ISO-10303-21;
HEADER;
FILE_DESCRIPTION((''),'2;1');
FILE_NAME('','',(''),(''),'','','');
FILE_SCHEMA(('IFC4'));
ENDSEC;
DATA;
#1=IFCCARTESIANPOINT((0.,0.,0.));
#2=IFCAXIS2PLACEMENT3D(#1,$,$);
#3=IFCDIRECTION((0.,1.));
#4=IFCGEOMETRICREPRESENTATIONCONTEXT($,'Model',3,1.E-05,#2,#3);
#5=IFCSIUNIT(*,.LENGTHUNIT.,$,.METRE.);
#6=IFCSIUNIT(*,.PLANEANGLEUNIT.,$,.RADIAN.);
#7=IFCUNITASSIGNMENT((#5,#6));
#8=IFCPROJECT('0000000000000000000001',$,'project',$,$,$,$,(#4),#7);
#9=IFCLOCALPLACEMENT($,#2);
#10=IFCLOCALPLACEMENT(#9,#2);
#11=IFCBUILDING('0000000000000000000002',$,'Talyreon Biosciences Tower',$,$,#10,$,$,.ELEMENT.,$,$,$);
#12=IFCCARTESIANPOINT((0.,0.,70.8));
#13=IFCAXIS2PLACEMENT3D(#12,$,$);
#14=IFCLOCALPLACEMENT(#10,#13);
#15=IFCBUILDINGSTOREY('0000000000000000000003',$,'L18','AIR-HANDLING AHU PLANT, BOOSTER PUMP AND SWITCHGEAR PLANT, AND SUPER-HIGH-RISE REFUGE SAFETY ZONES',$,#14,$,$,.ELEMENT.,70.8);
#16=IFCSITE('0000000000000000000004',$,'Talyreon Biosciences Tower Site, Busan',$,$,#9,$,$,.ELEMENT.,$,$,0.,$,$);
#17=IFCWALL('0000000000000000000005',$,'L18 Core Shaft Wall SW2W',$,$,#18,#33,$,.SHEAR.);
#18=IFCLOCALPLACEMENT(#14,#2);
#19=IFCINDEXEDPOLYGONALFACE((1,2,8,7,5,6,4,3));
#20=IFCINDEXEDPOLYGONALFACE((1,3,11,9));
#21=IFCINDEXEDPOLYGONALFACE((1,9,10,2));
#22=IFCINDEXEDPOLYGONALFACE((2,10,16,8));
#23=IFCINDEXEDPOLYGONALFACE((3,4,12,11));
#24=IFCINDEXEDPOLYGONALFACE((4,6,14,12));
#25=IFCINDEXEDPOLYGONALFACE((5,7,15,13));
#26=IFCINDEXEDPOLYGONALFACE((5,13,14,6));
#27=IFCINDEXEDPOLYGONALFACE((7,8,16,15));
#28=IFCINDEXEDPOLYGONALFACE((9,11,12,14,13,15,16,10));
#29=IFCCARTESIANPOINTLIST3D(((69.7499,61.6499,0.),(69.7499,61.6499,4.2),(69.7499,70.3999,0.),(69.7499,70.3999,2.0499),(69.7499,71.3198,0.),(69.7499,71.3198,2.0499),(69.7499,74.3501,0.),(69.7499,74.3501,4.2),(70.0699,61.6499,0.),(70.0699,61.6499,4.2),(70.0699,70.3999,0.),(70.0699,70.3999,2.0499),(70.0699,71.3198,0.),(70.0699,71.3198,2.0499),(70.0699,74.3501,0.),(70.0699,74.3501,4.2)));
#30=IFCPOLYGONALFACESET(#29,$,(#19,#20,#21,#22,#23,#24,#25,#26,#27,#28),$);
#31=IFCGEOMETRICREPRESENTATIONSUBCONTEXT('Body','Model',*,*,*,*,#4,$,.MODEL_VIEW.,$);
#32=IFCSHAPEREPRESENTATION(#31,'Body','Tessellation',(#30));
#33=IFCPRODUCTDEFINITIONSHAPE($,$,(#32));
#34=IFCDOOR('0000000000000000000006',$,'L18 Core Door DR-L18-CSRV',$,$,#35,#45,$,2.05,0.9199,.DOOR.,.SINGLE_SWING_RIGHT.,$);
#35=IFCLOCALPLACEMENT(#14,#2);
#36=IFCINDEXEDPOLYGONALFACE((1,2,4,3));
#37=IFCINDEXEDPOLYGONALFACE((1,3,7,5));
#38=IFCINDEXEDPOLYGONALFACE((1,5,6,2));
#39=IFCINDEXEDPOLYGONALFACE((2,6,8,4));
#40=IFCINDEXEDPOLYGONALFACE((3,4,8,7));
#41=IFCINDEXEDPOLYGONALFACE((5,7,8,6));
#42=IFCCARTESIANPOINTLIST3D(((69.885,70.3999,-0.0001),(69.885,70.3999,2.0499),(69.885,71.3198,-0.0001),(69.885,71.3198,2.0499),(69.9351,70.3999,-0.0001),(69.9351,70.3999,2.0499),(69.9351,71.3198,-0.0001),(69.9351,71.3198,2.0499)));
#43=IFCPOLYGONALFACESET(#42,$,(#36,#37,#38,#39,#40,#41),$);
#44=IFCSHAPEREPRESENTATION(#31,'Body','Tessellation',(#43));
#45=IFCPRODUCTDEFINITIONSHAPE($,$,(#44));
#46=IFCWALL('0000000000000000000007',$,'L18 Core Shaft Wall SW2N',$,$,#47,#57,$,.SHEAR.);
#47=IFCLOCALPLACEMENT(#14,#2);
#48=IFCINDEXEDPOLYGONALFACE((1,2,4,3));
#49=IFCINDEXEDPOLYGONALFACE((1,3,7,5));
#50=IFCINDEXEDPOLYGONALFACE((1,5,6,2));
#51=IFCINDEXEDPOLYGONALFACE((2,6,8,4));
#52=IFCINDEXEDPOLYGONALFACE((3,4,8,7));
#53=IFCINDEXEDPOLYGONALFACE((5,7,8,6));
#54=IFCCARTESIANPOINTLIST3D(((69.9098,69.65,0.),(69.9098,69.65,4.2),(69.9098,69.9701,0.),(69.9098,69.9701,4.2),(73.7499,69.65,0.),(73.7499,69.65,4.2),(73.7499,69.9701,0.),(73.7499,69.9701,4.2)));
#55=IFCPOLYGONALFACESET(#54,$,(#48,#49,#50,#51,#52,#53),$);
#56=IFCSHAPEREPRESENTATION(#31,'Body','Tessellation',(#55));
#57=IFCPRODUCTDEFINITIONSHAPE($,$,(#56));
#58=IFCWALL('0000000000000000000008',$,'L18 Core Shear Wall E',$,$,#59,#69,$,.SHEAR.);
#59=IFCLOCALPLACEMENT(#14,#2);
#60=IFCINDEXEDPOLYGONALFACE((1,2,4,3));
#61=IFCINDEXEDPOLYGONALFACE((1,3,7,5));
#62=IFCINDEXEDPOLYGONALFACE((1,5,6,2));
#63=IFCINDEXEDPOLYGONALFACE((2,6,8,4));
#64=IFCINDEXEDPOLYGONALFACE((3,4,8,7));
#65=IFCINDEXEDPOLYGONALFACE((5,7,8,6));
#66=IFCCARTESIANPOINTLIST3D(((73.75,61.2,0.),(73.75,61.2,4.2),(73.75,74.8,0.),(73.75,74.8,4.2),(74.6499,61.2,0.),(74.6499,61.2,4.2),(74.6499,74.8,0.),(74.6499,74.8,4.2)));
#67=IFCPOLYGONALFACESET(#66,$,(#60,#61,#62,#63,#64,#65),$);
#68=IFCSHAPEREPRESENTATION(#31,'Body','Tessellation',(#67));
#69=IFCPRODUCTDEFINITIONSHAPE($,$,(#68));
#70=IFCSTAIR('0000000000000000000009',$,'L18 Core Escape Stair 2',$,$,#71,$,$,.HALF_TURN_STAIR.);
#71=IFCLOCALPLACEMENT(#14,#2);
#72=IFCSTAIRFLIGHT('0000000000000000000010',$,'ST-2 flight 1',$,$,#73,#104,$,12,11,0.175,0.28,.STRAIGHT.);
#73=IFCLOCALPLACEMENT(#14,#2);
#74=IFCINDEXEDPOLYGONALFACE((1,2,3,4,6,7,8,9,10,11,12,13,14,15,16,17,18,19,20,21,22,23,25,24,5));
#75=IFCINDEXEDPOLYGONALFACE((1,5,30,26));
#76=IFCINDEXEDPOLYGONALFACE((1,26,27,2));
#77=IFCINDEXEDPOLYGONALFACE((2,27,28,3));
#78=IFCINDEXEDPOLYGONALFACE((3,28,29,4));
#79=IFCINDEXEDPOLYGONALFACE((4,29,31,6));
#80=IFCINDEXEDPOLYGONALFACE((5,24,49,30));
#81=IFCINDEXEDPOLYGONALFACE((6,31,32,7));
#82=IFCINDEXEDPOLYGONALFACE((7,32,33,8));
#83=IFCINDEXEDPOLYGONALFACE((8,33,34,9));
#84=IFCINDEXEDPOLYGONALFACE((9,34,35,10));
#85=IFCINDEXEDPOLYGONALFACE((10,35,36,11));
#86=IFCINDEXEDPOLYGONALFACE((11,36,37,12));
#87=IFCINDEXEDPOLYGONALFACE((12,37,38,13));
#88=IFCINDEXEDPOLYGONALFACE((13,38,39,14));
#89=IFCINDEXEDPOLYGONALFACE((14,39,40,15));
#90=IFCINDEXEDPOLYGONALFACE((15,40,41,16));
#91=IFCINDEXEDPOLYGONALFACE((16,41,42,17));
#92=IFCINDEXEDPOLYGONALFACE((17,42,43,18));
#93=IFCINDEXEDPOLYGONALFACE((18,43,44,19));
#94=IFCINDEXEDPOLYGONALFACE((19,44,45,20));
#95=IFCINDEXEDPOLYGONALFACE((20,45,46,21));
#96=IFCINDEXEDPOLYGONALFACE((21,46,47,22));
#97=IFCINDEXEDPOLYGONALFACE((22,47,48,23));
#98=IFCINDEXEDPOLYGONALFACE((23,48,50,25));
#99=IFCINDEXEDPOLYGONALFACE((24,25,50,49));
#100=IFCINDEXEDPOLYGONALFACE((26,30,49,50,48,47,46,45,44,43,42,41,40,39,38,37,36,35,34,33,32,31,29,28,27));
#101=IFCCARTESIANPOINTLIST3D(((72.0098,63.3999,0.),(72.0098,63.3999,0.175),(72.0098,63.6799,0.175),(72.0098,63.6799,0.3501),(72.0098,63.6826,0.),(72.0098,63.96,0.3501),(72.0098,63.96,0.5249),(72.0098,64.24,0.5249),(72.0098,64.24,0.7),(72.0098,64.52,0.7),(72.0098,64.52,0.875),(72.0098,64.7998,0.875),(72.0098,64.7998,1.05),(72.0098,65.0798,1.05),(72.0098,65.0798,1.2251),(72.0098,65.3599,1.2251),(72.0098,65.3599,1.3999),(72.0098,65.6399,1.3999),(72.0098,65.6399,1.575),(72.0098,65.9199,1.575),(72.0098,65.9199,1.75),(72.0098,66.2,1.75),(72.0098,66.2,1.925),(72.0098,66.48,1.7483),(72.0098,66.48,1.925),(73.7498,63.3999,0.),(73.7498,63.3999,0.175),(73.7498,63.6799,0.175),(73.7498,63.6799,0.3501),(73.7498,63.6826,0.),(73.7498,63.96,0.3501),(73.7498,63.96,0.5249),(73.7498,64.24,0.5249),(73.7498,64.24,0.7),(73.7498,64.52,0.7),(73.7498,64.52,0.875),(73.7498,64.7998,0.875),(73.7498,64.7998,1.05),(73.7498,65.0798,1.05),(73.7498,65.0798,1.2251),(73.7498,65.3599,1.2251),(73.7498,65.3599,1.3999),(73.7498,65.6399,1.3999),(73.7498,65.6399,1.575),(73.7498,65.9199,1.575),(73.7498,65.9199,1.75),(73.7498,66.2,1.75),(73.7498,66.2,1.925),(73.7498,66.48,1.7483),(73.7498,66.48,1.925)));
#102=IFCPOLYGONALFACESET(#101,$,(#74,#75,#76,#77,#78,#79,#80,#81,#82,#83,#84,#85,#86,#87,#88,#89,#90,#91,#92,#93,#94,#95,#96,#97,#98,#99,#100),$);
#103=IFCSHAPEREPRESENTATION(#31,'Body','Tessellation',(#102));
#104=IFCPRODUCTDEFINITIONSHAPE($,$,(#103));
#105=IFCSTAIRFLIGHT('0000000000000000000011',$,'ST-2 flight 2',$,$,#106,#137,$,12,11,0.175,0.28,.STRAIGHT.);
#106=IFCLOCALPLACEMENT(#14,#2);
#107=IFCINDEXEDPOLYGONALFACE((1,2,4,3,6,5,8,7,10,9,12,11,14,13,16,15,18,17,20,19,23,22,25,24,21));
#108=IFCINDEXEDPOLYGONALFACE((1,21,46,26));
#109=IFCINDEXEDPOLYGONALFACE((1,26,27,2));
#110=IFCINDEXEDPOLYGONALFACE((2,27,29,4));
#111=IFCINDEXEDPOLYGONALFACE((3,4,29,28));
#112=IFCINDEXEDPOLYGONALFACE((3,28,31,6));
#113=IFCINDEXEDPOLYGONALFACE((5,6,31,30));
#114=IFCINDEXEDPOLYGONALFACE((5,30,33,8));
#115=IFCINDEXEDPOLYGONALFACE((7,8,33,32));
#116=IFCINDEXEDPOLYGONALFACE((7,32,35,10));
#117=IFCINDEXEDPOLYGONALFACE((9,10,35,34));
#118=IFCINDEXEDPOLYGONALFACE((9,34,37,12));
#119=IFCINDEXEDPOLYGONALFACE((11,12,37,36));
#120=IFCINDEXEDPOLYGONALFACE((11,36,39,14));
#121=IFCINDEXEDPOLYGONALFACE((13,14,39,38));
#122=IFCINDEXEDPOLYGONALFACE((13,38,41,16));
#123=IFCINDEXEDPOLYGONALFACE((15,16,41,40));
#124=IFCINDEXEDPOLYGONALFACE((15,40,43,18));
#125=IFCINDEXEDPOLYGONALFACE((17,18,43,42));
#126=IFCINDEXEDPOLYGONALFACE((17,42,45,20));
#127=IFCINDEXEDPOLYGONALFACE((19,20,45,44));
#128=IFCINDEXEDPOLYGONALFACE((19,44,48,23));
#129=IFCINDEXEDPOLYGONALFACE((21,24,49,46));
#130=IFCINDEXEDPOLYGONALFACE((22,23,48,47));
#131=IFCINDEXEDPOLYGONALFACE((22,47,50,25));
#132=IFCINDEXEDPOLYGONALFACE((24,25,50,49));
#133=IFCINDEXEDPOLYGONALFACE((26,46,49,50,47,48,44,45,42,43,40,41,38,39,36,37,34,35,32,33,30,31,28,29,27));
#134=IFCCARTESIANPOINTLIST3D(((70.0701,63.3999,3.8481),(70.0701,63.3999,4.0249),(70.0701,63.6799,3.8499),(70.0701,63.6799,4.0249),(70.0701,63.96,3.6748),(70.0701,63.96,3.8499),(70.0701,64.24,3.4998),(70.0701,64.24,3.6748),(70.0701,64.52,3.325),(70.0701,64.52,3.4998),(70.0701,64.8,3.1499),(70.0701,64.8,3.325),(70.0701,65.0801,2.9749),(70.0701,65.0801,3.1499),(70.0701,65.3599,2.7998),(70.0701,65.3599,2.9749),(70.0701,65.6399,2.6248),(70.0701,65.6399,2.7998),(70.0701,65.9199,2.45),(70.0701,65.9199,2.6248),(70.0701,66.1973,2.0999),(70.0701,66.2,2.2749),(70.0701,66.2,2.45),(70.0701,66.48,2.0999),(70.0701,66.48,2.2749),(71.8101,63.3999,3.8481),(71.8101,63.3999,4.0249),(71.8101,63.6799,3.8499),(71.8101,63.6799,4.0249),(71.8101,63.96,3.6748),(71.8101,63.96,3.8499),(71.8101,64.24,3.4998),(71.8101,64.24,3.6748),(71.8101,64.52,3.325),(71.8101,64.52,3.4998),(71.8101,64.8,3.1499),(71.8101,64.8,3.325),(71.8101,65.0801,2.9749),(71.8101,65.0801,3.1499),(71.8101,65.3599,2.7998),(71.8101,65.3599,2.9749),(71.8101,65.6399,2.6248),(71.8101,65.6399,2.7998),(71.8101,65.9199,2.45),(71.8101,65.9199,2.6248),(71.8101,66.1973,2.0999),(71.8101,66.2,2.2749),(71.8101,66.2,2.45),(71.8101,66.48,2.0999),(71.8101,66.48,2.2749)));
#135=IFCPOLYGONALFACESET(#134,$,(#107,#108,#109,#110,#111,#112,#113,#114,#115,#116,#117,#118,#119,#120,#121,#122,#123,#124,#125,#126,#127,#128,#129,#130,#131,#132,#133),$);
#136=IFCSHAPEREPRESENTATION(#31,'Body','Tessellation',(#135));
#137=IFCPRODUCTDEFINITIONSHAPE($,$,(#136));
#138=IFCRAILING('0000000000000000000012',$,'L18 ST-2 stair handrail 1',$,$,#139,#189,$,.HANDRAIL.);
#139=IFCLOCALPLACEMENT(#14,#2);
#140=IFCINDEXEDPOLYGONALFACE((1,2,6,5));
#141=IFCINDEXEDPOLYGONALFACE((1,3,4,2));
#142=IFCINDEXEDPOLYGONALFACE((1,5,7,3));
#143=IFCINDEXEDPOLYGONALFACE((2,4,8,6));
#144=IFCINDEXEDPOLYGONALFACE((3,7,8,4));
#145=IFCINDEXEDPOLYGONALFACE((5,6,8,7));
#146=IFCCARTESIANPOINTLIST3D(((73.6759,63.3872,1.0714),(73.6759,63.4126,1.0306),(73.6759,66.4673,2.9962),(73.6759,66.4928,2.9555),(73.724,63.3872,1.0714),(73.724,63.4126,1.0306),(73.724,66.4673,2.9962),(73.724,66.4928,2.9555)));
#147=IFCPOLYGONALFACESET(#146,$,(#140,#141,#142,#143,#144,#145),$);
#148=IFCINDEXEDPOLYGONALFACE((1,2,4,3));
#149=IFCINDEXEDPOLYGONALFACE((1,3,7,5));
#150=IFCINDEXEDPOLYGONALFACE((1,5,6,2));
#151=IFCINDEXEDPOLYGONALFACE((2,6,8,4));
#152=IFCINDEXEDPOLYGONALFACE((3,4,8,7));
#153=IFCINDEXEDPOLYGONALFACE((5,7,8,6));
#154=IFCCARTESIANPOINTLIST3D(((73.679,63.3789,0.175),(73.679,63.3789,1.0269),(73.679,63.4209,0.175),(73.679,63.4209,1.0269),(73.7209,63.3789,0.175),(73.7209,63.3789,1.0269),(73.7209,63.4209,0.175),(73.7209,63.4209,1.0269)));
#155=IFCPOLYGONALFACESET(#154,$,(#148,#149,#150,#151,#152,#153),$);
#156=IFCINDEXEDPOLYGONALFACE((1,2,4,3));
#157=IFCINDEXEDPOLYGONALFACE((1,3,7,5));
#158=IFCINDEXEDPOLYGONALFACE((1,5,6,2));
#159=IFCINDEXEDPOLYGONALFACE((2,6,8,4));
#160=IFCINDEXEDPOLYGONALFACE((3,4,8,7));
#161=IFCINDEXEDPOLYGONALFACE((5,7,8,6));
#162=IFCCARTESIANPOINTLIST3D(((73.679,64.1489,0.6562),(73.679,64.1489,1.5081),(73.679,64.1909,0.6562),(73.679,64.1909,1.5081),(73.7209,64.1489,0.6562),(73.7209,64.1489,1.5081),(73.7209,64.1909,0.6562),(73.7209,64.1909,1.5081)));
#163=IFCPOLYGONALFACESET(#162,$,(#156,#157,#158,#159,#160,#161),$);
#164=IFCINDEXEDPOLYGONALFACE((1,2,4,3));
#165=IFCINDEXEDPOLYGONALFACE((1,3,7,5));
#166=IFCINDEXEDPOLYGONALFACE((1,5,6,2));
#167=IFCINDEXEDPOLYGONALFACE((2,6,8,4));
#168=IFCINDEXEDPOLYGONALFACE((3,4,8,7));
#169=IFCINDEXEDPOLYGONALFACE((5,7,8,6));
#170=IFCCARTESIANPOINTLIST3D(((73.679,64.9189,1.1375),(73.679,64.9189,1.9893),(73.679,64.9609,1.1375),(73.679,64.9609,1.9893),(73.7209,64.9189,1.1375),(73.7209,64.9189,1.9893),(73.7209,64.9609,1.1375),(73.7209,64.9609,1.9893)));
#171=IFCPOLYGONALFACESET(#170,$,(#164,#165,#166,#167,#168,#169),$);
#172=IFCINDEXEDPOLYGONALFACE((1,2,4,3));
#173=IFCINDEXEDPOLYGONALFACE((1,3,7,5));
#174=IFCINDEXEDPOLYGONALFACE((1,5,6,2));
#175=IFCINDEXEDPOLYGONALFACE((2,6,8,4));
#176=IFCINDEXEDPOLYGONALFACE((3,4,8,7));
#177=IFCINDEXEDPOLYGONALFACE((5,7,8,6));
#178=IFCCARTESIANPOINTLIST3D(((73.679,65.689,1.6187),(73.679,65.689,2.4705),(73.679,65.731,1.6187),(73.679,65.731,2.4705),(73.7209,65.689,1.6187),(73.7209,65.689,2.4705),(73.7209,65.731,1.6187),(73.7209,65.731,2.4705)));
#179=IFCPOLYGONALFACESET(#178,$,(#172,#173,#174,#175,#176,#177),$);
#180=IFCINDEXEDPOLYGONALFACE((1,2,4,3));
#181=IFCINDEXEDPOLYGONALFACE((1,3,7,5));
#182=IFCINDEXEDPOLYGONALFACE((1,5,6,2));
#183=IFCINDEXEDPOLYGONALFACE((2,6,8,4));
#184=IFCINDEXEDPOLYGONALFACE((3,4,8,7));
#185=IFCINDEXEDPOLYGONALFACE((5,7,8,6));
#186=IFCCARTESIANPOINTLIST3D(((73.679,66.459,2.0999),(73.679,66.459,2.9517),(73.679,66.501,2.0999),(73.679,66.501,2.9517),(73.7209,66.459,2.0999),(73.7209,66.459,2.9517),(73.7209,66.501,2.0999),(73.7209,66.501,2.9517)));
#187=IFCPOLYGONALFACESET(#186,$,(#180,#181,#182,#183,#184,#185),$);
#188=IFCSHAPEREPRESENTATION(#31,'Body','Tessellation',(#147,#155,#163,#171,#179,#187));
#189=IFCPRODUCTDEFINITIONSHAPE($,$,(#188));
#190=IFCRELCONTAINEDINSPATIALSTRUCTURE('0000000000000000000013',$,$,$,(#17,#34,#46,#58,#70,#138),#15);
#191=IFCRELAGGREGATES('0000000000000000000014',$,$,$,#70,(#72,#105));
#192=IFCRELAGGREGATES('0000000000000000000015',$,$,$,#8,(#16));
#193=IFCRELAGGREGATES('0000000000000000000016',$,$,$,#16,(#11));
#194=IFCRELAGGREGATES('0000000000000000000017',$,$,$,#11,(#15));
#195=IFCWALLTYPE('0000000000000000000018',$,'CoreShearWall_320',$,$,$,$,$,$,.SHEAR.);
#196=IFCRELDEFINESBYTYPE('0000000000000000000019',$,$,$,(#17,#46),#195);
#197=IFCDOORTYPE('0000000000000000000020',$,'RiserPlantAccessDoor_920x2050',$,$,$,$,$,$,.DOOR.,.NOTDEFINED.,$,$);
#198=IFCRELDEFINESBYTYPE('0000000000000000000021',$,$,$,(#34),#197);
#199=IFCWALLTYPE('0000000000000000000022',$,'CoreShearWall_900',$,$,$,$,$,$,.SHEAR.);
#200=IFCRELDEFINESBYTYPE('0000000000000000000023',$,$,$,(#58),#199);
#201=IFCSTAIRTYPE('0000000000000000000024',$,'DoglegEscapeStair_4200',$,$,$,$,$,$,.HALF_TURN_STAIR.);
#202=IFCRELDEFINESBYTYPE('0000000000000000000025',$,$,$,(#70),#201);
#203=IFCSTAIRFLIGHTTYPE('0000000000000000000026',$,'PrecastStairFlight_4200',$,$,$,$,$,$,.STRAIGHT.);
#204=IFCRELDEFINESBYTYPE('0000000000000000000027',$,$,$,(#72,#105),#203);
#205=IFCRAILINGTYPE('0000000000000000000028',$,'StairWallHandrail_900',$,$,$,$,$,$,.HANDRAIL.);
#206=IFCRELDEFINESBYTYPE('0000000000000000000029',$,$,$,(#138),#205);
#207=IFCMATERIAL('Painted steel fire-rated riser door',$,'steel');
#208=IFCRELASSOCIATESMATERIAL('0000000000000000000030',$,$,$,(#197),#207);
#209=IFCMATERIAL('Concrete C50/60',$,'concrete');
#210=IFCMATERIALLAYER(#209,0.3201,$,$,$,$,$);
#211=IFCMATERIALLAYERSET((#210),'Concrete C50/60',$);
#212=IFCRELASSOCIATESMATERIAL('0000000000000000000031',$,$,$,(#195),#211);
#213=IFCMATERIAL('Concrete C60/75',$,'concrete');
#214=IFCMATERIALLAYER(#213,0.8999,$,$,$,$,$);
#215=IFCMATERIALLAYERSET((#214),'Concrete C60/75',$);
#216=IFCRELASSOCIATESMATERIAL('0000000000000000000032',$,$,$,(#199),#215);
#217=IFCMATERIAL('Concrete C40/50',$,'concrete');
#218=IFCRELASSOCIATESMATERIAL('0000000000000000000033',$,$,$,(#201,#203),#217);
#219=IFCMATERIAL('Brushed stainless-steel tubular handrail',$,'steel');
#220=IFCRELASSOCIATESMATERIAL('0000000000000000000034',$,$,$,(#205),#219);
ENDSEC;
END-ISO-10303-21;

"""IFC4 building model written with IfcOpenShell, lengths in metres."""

from ifc_helpers import new_model, si_unit, direction, frame, frame_2d, origin, origin_2d, place, context, subcontext, project, spatial, polyline, rectangle, outline, extrude, material, layer, layer_set, type_object, element, fill, aggregate, save


model = new_model("IFC4")

# Units and contexts
model_context = context("Model", 3, precision=1e-05, world=origin(), true_north=direction((0.0, 1.0)))
body_context = subcontext(model_context, "Body", "Model", "MODEL_VIEW")
ifc_project = project(units=[si_unit("LENGTHUNIT", "METRE"), si_unit("PLANEANGLEUNIT", "RADIAN")], contexts=[model_context])

# Site, building, storey
site_placement = place(None, origin())
site = spatial("IfcSite", under=ifc_project, at=site_placement, Name="Talyreon Biosciences Tower Site, Busan", CompositionType="ELEMENT", RefElevation=0.0)
building_placement = place(site_placement, origin())
building = spatial("IfcBuilding", under=site, at=building_placement, Name="Talyreon Biosciences Tower", CompositionType="ELEMENT")
storey_placement = place(building_placement, frame((0.0, 0.0, 70.8)))
storey = spatial("IfcBuildingStorey", under=building, at=storey_placement, Name="L18", Description="AIR-HANDLING AHU PLANT, BOOSTER PUMP AND SWITCHGEAR PLANT, AND SUPER-HIGH-RISE REFUGE SAFETY ZONES", CompositionType="ELEMENT", Elevation=70.8)

# Shared definitions
ifc_material_1 = material(Name="Concrete C60/75", Category="concrete")

# Shared definitions
ifc_material_2 = material(Name="Concrete C50/60", Category="concrete")
ifc_material_3 = material(Name="Painted steel fire-rated riser door", Category="steel")
door_type = type_object("IfcDoorType", Name="RiserPlantAccessDoor_920x2050", OperationType="NOTDEFINED", PredefinedType="DOOR", material=ifc_material_3)

# Wall, opening, door
ifc_layer_1 = layer(ifc_material_2, 0.3201)
ifc_layer_set_1 = layer_set([ifc_layer_1], Name="Concrete C50/60")
wall_type_1 = type_object("IfcWallType", Name="CoreShearWall_320", PredefinedType="SHEAR", material=ifc_layer_set_1)
wall_1_placement = place(storey_placement, frame((69.9099, 61.6499, 0.0), z_axis=(0.0, 0.0, 1.0), x_axis=(0.0, 1.0, 0.0)))
wall_1 = element("IfcWall", 1, at=wall_1_placement, inside=storey, type_object=wall_type_1, Name="L18 Core Shaft Wall SW2W", PredefinedType="SHEAR", context=body_context, shape_type="SweptSolid", body=[
    extrude(rectangle(XDim=12.7002, YDim=0.3201, at=frame_2d((6.3501, 0.0))), origin(), (0.0, 0.0, 1.0), 4.2),
])
opening_1_placement = place(wall_1_placement, frame((8.75, 0.0, 0.0)))
opening_1 = element("IfcOpeningElement", 2, at=opening_1_placement, cuts=wall_1, PredefinedType="OPENING", context=body_context, shape_type="SweptSolid", body=[
    extrude(rectangle(XDim=0.9199, YDim=2.05, at=frame_2d((0.46, 1.0249))), frame((0.0, 0.1699, 0.0), z_axis=(0.0, -1.0, 0.0), x_axis=(1.0, 0.0, 0.0)), (0.0, 0.0, 1.0), 0.3401),
])
door_1_placement = place(opening_1_placement, origin())
door_1 = element("IfcDoor", 3, at=door_1_placement, inside=storey, type_object=door_type, Name="L18 Core Door DR-L18-CSRV", OperationType="SINGLE_SWING_RIGHT", OverallHeight=2.05, OverallWidth=0.9199, PredefinedType="DOOR", context=body_context, shape_type="SweptSolid", body=[
    extrude(rectangle(XDim=0.9199, YDim=2.05, at=frame_2d((0.46, 1.0249))), frame((0.0, 0.0249, 0.0), z_axis=(0.0, -1.0, 0.0), x_axis=(1.0, 0.0, 0.0)), (0.0, 0.0, 1.0), 0.05),
])
fill(opening_1, door_1)

# Walls
wall_2_placement = place(storey_placement, frame((69.9099, 69.8101, 0.0), z_axis=(0.0, 0.0, 1.0), x_axis=(1.0, 0.0, 0.0)))
element("IfcWall", 4, at=wall_2_placement, inside=storey, type_object=wall_type_1, Name="L18 Core Shaft Wall SW2N", PredefinedType="SHEAR", context=body_context, shape_type="SweptSolid", body=[
    extrude(rectangle(XDim=3.8401, YDim=0.3201, at=frame_2d((1.9199, 0.0))), origin(), (0.0, 0.0, 1.0), 4.2),
])
ifc_layer_2 = layer(ifc_material_1, 0.8999)
ifc_layer_set_2 = layer_set([ifc_layer_2], Name="Concrete C60/75")
wall_type_2 = type_object("IfcWallType", Name="CoreShearWall_900", PredefinedType="SHEAR", material=ifc_layer_set_2)
wall_3_placement = place(storey_placement, frame((74.2, 61.2, 0.0), z_axis=(0.0, 0.0, 1.0), x_axis=(0.0, 1.0, 0.0)))
element("IfcWall", 5, at=wall_3_placement, inside=storey, type_object=wall_type_2, Name="L18 Core Shear Wall E", PredefinedType="SHEAR", context=body_context, shape_type="SweptSolid", body=[
    extrude(rectangle(XDim=13.6001, YDim=0.8999, at=frame_2d((6.8, 0.0))), origin(), (0.0, 0.0, 1.0), 4.2),
])

# Stair, stair flights
ifc_material_4 = material(Name="Concrete C40/50", Category="concrete")
stair_type = type_object("IfcStairType", Name="DoglegEscapeStair_4200", PredefinedType="HALF_TURN_STAIR", material=ifc_material_4)
stair_placement = place(storey_placement, origin())
stair = element("IfcStair", 6, at=stair_placement, inside=storey, type_object=stair_type, Name="L18 Core Escape Stair 2", PredefinedType="HALF_TURN_STAIR")
stair_flight_type = type_object("IfcStairFlightType", Name="PrecastStairFlight_4200", PredefinedType="STRAIGHT", material=ifc_material_4)
stair_flight_1_placement = place(storey_placement, frame((72.8799, 63.3999, 0.0), z_axis=(0.0, 0.0, 1.0), x_axis=(0.0, 1.0, 0.0)))
stair_flight_1 = element("IfcStairFlight", 7, at=stair_flight_1_placement, type_object=stair_flight_type, Name="ST-2 flight 1", NumberOfRisers=12, NumberOfTreads=11, PredefinedType="STRAIGHT", RiserHeight=0.175, TreadLength=0.28, context=body_context, shape_type="SweptSolid", body=[
    extrude(outline(polyline([(0.0, 0.0), (0.0, 0.175), (0.28, 0.175), (0.28, 0.3501), (0.5601, 0.3501), (0.5601, 0.5249), (0.8401, 0.5249), (0.8401, 0.7), (1.1201, 0.7), (1.1201, 0.875), (1.3999, 0.875), (1.3999, 1.05), (1.6799, 1.05), (1.6799, 1.2251), (1.96, 1.2251), (1.96, 1.3999), (2.24, 1.3999), (2.24, 1.575), (2.52, 1.575), (2.52, 1.75), (2.8, 1.75), (2.8, 1.925), (3.0801, 1.925), (3.0801, 2.1001), (3.0801, 1.7483), (0.2827, 0.0), (0.0, 0.0)])), frame((0.0, 0.8701, 0.0), z_axis=(0.0, -1.0, 0.0), x_axis=(1.0, 0.0, 0.0)), (0.0, 0.0, 1.0), 1.74),
])
stair_flight_2_placement = place(storey_placement, frame((70.9399, 66.48, 2.0999), z_axis=(0.0, 0.0, 1.0), x_axis=(0.0, -1.0, 0.0)))
stair_flight_2 = element("IfcStairFlight", 8, at=stair_flight_2_placement, type_object=stair_flight_type, Name="ST-2 flight 2", NumberOfRisers=12, NumberOfTreads=11, PredefinedType="STRAIGHT", RiserHeight=0.175, TreadLength=0.28, context=body_context, shape_type="SweptSolid", body=[
    extrude(outline(polyline([(0.0, 0.0), (0.0, 0.175), (0.28, 0.175), (0.28, 0.3501), (0.5601, 0.3501), (0.5601, 0.5249), (0.8401, 0.5249), (0.8401, 0.7), (1.1201, 0.7), (1.1201, 0.875), (1.3999, 0.875), (1.3999, 1.05), (1.6799, 1.05), (1.6799, 1.2251), (1.96, 1.2251), (1.96, 1.3999), (2.24, 1.3999), (2.24, 1.575), (2.52, 1.575), (2.52, 1.75), (2.8, 1.75), (2.8, 1.925), (3.0801, 1.925), (3.0801, 2.1001), (3.0801, 1.7483), (0.2827, 0.0), (0.0, 0.0)])), frame((0.0, 0.8701, 0.0), z_axis=(0.0, -1.0, 0.0), x_axis=(1.0, 0.0, 0.0)), (0.0, 0.0, 1.0), 1.74),
])
aggregate(stair, [stair_flight_1, stair_flight_2])

# Railing
ifc_material_5 = material(Name="Brushed stainless-steel tubular handrail", Category="steel")
railing_type_1 = type_object("IfcRailingType", Name="StairWallHandrail_900", PredefinedType="HANDRAIL", material=ifc_material_5)
railing_1_placement = place(storey_placement, frame((73.7, 63.3999, 0.175)))
element("IfcRailing", 9, at=railing_1_placement, inside=storey, type_object=railing_type_1, Name="L18 ST-2 stair handrail 1", PredefinedType="HANDRAIL", context=body_context, shape_type="SweptSolid", body=[
    extrude(rectangle(XDim=0.0481, YDim=0.0481, at=origin_2d()), frame((0.0, 0.0, 0.876), z_axis=(0.0, 0.848029, 0.529951), x_axis=(-1.0, 0.0, 0.0)), (0.0, 0.0, 1.0), 3.6321),
    extrude(rectangle(XDim=0.042, YDim=0.042, at=origin_2d()), origin(), (0.0, 0.0, 1.0), 0.8518),
    extrude(rectangle(XDim=0.042, YDim=0.042, at=origin_2d()), frame((0.0, 0.77, 0.4812)), (0.0, 0.0, 1.0), 0.8518),
    extrude(rectangle(XDim=0.042, YDim=0.042, at=origin_2d()), frame((0.0, 1.54, 0.9624)), (0.0, 0.0, 1.0), 0.8518),
    extrude(rectangle(XDim=0.042, YDim=0.042, at=origin_2d()), frame((0.0, 2.3101, 1.4436)), (0.0, 0.0, 1.0), 0.8518),
    extrude(rectangle(XDim=0.042, YDim=0.042, at=origin_2d()), frame((0.0, 3.0801, 1.9248)), (0.0, 0.0, 1.0), 0.8518),
])

save(model, "model.ifc")
